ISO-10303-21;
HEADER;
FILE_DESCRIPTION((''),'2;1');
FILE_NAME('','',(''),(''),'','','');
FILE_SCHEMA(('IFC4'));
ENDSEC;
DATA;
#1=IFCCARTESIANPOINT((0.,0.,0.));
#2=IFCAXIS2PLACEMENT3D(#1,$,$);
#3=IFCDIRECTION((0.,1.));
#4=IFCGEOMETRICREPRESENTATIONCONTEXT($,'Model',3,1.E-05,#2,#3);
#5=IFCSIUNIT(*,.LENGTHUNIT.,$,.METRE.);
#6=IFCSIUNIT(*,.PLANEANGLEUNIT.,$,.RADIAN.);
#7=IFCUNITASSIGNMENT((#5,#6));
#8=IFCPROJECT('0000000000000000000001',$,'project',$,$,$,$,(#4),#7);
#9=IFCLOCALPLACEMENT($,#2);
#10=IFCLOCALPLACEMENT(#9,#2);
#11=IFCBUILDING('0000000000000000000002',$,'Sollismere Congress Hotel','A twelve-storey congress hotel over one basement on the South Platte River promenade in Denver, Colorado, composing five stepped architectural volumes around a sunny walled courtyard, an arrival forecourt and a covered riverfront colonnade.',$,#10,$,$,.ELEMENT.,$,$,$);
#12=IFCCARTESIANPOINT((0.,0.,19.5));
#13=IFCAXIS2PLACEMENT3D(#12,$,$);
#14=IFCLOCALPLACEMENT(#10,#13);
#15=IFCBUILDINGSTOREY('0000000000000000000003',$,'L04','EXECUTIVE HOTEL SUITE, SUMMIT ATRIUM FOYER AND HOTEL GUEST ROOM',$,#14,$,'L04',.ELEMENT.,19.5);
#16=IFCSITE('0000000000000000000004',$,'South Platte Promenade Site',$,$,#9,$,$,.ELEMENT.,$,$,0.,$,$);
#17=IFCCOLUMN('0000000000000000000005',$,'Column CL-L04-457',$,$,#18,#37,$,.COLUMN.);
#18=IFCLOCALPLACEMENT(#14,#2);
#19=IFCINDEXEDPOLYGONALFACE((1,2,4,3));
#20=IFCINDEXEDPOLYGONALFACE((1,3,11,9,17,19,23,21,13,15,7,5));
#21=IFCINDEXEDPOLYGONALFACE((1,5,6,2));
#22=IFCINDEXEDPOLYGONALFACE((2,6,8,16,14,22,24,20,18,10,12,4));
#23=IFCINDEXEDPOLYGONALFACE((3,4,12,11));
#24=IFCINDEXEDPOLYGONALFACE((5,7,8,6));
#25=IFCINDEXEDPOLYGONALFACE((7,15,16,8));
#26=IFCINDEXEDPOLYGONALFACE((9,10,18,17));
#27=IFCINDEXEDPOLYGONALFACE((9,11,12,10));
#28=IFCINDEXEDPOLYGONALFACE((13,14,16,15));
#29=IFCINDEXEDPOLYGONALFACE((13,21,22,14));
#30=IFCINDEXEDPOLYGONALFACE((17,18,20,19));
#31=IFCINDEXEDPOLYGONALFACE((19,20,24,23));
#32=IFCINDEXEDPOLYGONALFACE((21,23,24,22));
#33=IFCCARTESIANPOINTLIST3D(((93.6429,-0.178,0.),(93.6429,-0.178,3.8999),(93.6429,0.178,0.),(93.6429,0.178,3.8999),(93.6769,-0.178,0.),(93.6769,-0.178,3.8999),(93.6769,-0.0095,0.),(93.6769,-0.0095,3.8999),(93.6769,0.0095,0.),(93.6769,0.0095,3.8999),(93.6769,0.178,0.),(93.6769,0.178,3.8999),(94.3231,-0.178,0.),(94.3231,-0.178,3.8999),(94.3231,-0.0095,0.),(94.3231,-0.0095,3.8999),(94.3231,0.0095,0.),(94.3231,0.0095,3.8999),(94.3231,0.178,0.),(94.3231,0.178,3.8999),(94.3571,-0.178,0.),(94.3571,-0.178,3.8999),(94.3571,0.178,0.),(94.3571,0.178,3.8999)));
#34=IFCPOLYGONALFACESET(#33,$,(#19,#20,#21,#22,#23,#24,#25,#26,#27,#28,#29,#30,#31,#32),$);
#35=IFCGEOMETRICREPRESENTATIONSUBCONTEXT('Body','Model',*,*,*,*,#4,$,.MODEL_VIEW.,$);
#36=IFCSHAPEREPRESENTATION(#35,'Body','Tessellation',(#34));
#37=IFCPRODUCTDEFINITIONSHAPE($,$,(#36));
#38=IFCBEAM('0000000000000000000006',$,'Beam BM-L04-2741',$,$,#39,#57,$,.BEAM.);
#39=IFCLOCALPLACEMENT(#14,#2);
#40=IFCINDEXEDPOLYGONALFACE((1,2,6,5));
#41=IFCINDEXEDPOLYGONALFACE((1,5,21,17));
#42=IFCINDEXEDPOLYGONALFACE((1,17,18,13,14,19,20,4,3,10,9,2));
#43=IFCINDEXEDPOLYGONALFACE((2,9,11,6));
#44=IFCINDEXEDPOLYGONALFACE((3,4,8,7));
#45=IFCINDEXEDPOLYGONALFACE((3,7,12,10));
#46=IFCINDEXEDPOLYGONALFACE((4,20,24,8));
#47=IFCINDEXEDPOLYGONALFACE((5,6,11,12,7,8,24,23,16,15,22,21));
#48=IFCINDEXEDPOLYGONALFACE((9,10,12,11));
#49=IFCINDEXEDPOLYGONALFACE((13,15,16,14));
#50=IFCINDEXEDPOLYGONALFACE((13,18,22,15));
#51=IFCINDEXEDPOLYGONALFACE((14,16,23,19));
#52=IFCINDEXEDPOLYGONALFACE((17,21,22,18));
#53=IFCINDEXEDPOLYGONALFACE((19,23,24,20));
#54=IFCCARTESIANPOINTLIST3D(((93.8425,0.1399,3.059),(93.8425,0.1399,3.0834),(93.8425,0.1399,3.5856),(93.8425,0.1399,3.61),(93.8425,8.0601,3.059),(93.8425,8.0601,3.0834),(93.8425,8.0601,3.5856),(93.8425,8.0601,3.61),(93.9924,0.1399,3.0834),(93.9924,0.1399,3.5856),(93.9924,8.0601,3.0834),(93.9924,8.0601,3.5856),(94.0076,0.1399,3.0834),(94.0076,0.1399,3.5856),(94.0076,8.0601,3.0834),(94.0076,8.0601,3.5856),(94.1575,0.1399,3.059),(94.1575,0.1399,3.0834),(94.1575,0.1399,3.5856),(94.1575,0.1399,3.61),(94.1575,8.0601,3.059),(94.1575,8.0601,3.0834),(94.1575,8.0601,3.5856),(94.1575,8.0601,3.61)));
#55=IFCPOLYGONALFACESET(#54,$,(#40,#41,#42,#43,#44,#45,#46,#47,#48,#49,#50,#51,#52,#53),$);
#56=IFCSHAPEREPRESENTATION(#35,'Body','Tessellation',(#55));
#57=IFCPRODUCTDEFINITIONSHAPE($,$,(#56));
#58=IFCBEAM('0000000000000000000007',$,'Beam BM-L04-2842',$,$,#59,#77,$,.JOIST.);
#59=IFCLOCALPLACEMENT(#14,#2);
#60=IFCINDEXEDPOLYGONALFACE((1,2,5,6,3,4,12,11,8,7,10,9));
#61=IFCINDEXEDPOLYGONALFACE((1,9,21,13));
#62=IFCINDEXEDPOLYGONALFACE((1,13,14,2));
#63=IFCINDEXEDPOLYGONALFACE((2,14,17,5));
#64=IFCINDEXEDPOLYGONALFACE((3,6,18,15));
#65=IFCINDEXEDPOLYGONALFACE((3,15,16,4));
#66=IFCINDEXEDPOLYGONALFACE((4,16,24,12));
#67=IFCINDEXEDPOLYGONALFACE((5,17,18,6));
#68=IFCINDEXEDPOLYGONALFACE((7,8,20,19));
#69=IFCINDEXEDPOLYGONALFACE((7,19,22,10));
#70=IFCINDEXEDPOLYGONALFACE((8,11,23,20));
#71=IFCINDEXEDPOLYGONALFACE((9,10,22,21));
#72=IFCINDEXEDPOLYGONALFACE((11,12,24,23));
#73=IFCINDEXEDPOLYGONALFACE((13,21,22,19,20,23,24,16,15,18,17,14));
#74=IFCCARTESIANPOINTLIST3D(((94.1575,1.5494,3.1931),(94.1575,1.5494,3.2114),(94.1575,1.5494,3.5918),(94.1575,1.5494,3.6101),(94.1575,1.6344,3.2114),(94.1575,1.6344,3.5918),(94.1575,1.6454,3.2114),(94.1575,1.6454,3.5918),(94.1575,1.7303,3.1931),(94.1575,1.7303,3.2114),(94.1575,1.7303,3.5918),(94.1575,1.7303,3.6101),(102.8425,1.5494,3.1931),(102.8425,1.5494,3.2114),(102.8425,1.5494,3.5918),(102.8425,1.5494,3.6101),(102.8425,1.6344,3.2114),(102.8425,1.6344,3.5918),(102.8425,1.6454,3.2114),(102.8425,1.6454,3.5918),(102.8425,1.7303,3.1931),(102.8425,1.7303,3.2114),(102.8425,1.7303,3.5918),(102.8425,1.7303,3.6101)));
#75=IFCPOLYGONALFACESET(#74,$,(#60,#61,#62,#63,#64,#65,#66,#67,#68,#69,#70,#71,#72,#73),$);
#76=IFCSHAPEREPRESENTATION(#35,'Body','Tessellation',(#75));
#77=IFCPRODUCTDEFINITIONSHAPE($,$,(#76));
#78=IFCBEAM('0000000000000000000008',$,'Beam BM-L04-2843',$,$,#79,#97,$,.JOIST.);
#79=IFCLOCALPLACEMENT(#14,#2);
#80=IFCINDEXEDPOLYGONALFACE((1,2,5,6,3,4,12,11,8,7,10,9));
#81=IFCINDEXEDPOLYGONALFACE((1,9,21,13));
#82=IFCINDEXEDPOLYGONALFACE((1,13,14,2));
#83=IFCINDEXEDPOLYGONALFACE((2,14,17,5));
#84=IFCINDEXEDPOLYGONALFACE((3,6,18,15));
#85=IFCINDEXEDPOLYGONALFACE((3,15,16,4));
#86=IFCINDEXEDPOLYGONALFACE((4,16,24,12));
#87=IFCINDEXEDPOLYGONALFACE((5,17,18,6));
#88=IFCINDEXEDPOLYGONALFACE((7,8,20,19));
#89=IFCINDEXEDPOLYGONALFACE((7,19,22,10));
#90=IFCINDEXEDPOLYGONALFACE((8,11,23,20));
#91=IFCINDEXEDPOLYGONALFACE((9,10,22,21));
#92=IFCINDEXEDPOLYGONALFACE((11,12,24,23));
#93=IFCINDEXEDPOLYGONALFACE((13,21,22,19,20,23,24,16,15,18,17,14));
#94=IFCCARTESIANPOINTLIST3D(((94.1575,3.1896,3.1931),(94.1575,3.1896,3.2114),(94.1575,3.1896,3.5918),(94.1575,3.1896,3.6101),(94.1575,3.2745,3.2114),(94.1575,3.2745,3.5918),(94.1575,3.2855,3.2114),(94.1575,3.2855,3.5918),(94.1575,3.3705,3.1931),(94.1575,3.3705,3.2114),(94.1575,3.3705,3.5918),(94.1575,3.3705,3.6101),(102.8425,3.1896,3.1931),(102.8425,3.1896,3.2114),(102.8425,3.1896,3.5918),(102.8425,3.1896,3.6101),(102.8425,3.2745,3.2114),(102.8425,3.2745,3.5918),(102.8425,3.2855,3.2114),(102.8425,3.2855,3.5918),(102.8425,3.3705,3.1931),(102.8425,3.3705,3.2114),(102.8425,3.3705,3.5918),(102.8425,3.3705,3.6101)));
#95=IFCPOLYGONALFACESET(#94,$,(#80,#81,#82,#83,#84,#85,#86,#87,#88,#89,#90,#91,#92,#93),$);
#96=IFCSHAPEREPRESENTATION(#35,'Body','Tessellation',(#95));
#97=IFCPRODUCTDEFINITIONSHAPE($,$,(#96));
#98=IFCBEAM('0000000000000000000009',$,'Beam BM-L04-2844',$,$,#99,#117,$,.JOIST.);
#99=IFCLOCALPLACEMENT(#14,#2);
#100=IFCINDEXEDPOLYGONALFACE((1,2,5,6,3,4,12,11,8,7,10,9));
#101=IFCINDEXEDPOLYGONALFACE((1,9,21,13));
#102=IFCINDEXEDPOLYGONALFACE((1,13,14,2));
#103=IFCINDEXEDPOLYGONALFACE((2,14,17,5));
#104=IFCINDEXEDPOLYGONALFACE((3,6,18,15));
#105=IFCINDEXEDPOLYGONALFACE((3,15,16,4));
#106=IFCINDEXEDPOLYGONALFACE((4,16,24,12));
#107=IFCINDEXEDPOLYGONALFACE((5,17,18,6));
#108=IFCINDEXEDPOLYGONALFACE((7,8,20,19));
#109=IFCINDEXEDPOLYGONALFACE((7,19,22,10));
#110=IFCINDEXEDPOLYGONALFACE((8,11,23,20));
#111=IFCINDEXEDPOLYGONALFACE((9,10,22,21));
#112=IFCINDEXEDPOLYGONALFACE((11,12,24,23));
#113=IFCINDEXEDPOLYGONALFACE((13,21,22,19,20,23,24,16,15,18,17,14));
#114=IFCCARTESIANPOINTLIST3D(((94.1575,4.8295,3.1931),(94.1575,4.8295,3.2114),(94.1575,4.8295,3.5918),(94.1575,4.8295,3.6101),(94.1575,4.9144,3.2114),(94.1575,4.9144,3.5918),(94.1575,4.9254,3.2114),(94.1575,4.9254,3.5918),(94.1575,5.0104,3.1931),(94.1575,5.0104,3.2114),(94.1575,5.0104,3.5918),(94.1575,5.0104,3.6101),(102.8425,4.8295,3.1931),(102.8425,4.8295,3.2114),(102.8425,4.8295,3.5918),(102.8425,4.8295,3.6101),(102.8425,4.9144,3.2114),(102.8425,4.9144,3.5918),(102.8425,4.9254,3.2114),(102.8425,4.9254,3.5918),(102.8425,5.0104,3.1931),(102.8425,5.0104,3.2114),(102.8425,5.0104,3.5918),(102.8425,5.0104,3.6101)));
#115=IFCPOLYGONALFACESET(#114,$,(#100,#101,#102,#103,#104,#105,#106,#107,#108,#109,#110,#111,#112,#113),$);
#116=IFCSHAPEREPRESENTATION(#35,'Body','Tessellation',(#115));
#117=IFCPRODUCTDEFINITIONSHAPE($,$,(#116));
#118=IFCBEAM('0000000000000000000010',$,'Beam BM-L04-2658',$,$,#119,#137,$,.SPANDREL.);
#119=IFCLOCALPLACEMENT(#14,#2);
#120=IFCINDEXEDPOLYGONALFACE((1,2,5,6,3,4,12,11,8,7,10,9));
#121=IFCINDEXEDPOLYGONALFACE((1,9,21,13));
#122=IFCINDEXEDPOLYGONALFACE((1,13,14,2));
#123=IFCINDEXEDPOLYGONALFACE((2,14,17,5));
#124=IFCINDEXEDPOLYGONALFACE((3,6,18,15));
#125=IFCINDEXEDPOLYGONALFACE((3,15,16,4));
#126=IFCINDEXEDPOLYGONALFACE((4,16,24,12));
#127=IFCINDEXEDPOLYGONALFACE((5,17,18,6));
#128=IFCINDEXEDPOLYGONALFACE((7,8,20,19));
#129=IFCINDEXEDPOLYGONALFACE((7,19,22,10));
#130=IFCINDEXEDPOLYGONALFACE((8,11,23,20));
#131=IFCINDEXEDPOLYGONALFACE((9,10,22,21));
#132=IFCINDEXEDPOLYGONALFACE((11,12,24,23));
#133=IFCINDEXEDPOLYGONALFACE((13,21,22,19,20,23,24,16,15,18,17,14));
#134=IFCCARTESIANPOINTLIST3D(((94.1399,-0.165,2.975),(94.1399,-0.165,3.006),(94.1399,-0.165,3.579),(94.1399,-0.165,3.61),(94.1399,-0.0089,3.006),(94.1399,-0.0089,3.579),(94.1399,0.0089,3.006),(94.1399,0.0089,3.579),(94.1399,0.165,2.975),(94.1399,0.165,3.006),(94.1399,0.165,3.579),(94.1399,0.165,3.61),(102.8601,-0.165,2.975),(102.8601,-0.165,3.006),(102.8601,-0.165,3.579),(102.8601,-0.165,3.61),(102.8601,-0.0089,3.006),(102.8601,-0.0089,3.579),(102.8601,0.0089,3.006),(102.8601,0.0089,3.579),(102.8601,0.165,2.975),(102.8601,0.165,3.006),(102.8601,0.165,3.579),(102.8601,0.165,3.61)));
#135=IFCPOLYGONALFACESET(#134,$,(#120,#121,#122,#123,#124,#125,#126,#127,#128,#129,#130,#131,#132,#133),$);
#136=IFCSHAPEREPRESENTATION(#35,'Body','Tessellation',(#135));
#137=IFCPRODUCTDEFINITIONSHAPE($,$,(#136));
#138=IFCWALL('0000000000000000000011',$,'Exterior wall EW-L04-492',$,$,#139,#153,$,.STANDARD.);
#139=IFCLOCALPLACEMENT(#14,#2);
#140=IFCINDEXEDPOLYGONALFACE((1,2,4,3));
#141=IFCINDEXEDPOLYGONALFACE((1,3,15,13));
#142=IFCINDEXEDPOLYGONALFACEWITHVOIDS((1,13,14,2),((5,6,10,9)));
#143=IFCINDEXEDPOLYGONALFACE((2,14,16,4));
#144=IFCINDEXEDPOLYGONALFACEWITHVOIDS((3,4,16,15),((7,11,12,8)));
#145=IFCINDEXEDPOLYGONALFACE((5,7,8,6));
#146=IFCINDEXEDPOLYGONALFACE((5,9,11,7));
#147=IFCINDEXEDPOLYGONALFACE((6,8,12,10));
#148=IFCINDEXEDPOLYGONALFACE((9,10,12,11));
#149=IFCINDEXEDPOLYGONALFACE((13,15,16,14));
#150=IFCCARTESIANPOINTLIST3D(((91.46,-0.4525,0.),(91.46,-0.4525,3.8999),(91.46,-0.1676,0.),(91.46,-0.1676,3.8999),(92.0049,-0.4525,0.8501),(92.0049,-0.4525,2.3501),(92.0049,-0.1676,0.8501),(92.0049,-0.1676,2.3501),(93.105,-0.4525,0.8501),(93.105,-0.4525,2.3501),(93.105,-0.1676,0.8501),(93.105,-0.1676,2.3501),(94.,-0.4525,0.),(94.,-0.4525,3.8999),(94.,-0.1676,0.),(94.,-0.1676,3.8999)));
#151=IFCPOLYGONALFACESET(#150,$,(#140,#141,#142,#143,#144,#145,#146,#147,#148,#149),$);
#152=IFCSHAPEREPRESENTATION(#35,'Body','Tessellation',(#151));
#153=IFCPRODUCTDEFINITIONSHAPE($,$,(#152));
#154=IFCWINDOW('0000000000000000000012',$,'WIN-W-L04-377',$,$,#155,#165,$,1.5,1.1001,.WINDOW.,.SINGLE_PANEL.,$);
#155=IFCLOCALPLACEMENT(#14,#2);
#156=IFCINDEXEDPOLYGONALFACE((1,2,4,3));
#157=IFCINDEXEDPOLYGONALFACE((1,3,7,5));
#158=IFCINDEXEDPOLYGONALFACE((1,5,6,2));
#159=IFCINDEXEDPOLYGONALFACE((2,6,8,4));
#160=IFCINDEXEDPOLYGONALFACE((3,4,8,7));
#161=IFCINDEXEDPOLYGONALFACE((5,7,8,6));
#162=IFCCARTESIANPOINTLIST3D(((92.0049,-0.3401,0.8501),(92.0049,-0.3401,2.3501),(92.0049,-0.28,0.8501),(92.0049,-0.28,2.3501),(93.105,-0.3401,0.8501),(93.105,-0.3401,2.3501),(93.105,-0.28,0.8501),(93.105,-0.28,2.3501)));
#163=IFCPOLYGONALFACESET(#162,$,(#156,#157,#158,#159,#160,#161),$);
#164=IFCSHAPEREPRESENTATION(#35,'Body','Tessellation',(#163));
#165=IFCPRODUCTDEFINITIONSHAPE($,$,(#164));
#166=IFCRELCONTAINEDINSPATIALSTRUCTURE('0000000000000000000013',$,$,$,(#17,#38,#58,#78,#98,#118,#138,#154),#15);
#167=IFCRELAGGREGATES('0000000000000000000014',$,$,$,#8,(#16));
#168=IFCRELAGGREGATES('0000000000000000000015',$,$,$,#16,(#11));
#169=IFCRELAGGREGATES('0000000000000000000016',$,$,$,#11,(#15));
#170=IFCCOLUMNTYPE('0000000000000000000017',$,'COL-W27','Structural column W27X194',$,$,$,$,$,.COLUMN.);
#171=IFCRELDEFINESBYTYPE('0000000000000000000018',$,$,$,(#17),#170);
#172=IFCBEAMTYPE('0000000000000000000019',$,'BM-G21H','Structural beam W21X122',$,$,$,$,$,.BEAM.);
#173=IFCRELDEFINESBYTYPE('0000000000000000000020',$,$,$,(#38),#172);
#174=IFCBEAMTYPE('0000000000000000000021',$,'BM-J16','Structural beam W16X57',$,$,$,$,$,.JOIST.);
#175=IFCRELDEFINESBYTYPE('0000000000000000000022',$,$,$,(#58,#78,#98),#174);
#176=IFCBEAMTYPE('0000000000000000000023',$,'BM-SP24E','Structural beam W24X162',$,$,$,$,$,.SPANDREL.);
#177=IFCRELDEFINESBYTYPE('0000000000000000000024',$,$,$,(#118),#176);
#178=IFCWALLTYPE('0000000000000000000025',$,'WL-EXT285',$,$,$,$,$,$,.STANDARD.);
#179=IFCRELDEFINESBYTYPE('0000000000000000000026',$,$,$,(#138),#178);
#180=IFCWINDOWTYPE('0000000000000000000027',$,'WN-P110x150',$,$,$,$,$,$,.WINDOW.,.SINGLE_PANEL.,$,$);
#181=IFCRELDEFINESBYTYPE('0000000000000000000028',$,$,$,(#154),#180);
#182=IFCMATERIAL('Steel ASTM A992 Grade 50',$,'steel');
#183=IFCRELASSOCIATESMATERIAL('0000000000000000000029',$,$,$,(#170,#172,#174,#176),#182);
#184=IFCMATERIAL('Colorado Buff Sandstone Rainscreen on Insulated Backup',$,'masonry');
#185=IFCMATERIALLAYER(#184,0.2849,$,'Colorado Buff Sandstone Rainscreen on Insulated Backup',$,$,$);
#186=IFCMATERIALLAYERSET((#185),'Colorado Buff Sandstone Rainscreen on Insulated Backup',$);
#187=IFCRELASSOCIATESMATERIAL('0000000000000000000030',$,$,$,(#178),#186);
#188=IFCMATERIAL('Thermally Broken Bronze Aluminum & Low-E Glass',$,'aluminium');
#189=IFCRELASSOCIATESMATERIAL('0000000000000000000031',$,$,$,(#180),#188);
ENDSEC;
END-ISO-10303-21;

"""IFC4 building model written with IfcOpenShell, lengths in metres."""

from ifc_helpers import new_model, si_unit, direction, frame, frame_2d, origin, origin_2d, place, context, subcontext, project, spatial, rectangle, i_section, extrude, material, layer, layer_set, material_profile, profile_set, type_object, element, fill, save


model = new_model("IFC4")

# Units and contexts
model_context = context("Model", 3, precision=1e-05, world=origin(), true_north=direction((0.0, 1.0)))
body_context = subcontext(model_context, "Body", "Model", "MODEL_VIEW")
ifc_project = project(units=[si_unit("LENGTHUNIT", "METRE"), si_unit("PLANEANGLEUNIT", "RADIAN")], contexts=[model_context])

# Site, building, storey
site_placement = place(None, origin())
site = spatial("IfcSite", under=ifc_project, at=site_placement, Name="South Platte Promenade Site", CompositionType="ELEMENT", RefElevation=0.0)
building_placement = place(site_placement, origin())
building = spatial("IfcBuilding", under=site, at=building_placement, Name="Sollismere Congress Hotel", Description="A twelve-storey congress hotel over one basement on the South Platte River promenade in Denver, Colorado, composing five stepped architectural volumes around a sunny walled courtyard, an arrival forecourt and a covered riverfront colonnade.", CompositionType="ELEMENT")
storey_placement = place(building_placement, frame((0.0, 0.0, 19.5)))
storey = spatial("IfcBuildingStorey", under=building, at=storey_placement, Name="L04", Description="EXECUTIVE HOTEL SUITE, SUMMIT ATRIUM FOYER AND HOTEL GUEST ROOM", LongName="L04", CompositionType="ELEMENT", Elevation=19.5)

# Column
ifc_material_1 = material(Name="Steel ASTM A992 Grade 50", Category="steel")
ifc_material_profile_1 = material_profile(ifc_material_1, i_section(OverallWidth=0.356, OverallDepth=0.7141, WebThickness=0.019, FlangeThickness=0.0339, at=origin_2d()), Name="W27X194")
ifc_profile_set_1 = profile_set([ifc_material_profile_1], Name="Steel ASTM A992 Grade 50")
column_type = type_object("IfcColumnType", Name="COL-W27", Description="Structural column W27X194", PredefinedType="COLUMN", material=ifc_profile_set_1)
column_placement = place(storey_placement, frame((94.0, 0.0, 0.0), z_axis=(0.0, 0.0, 1.0), x_axis=(0.0, 1.0, 0.0)))
element("IfcColumn", 1, at=column_placement, inside=storey, type_object=column_type, Name="Column CL-L04-457", PredefinedType="COLUMN", context=body_context, shape_type="SweptSolid", body=[
    extrude(i_section(OverallWidth=0.356, OverallDepth=0.7141, WebThickness=0.019, FlangeThickness=0.0339, at=origin_2d()), origin(), (0.0, 0.0, 1.0), 3.8999),
])

# Beams
ifc_material_profile_2 = material_profile(ifc_material_1, i_section(OverallWidth=0.3149, OverallDepth=0.551, WebThickness=0.0151, FlangeThickness=0.0244, at=origin_2d()), Name="W21X122")
ifc_profile_set_2 = profile_set([ifc_material_profile_2], Name="Steel ASTM A992 Grade 50")
beam_type_1 = type_object("IfcBeamType", Name="BM-G21H", Description="Structural beam W21X122", PredefinedType="BEAM", material=ifc_profile_set_2)
beam_1_placement = place(storey_placement, frame((94.0, 0.1399, 3.3345), z_axis=(0.0, 1.0, 0.0), x_axis=(-1.0, 0.0, 0.0)))
element("IfcBeam", 2, at=beam_1_placement, inside=storey, type_object=beam_type_1, Name="Beam BM-L04-2741", PredefinedType="BEAM", context=body_context, shape_type="SweptSolid", body=[
    extrude(i_section(OverallWidth=0.3149, OverallDepth=0.551, WebThickness=0.0151, FlangeThickness=0.0244, at=origin_2d()), origin(), (0.0, 0.0, 1.0), 7.9202),
])
ifc_material_profile_3 = material_profile(ifc_material_1, i_section(OverallWidth=0.1809, OverallDepth=0.417, WebThickness=0.011, FlangeThickness=0.0183, at=origin_2d()), Name="W16X57")
ifc_profile_set_3 = profile_set([ifc_material_profile_3], Name="Steel ASTM A992 Grade 50")
beam_type_2 = type_object("IfcBeamType", Name="BM-J16", Description="Structural beam W16X57", PredefinedType="JOIST", material=ifc_profile_set_3)
for number, where, z_axis, x_axis, name in (
    (3, (94.1575, 1.6399, 3.4016), (1.0, 0.0, 0.0), (0.0, 1.0, 0.0), "Beam BM-L04-2842"),
    (4, (94.1575, 3.28, 3.4016), (1.0, 0.0, 0.0), (0.0, 1.0, 0.0), "Beam BM-L04-2843"),
    (5, (94.1575, 4.9199, 3.4016), (1.0, 0.0, 0.0), (0.0, 1.0, 0.0), "Beam BM-L04-2844"),
):
    element("IfcBeam", number, at=place(storey_placement, frame(where, z_axis=z_axis, x_axis=x_axis)), inside=storey, type_object=beam_type_2, Name=name, PredefinedType="JOIST", context=body_context, shape_type="SweptSolid", body=[
        extrude(i_section(OverallWidth=0.1809, OverallDepth=0.417, WebThickness=0.011, FlangeThickness=0.0183, at=origin_2d()), origin(), (0.0, 0.0, 1.0), 8.6851),
    ])
ifc_material_profile_4 = material_profile(ifc_material_1, i_section(OverallWidth=0.3301, OverallDepth=0.635, WebThickness=0.0178, FlangeThickness=0.031, at=origin_2d()), Name="W24X162")
ifc_profile_set_4 = profile_set([ifc_material_profile_4], Name="Steel ASTM A992 Grade 50")
beam_type_3 = type_object("IfcBeamType", Name="BM-SP24E", Description="Structural beam W24X162", PredefinedType="SPANDREL", material=ifc_profile_set_4)
beam_2_placement = place(storey_placement, frame((94.1399, 0.0, 3.2925), z_axis=(1.0, 0.0, 0.0), x_axis=(0.0, 1.0, 0.0)))
element("IfcBeam", 6, at=beam_2_placement, inside=storey, type_object=beam_type_3, Name="Beam BM-L04-2658", PredefinedType="SPANDREL", context=body_context, shape_type="SweptSolid", body=[
    extrude(i_section(OverallWidth=0.3301, OverallDepth=0.635, WebThickness=0.0178, FlangeThickness=0.031, at=origin_2d()), origin(), (0.0, 0.0, 1.0), 8.7202),
])

# Wall, opening, window
ifc_material_2 = material(Name="Colorado Buff Sandstone Rainscreen on Insulated Backup", Category="masonry")
ifc_layer_1 = layer(ifc_material_2, 0.2849, Name="Colorado Buff Sandstone Rainscreen on Insulated Backup")
ifc_layer_set_1 = layer_set([ifc_layer_1], Name="Colorado Buff Sandstone Rainscreen on Insulated Backup")
wall_type_1 = type_object("IfcWallType", Name="WL-EXT285", PredefinedType="STANDARD", material=ifc_layer_set_1)
wall_1_placement = place(storey_placement, frame((91.46, -0.3101, 0.0), z_axis=(0.0, 0.0, 1.0), x_axis=(1.0, 0.0, 0.0)))
wall_1 = element("IfcWall", 7, at=wall_1_placement, inside=storey, type_object=wall_type_1, Name="Exterior wall EW-L04-492", PredefinedType="STANDARD", context=body_context, shape_type="SweptSolid", body=[
    extrude(rectangle(XDim=2.54, YDim=0.2849, at=frame_2d((1.27, 0.0))), origin(), (0.0, 0.0, 1.0), 3.8999),
])
opening_1_placement = place(wall_1_placement, frame((0.5449, 0.0, 0.8501)))
opening_1 = element("IfcOpeningElement", 8, at=opening_1_placement, cuts=wall_1, PredefinedType="OPENING", context=body_context, shape_type="SweptSolid", body=[
    extrude(rectangle(XDim=1.1001, YDim=1.5, at=frame_2d((0.55, 0.75))), frame((0.0, 0.1523, 0.0), z_axis=(0.0, -1.0, 0.0), x_axis=(1.0, 0.0, 0.0)), (0.0, 0.0, 1.0), 0.3049),
])
ifc_material_3 = material(Name="Thermally Broken Bronze Aluminum & Low-E Glass", Category="aluminium")
window_type_1 = type_object("IfcWindowType", Name="WN-P110x150", PartitioningType="SINGLE_PANEL", PredefinedType="WINDOW", material=ifc_material_3)
window_1_placement = place(opening_1_placement, origin())
window_1 = element("IfcWindow", 9, at=window_1_placement, inside=storey, type_object=window_type_1, Name="WIN-W-L04-377", OverallHeight=1.5, OverallWidth=1.1001, PartitioningType="SINGLE_PANEL", PredefinedType="WINDOW", context=body_context, shape_type="SweptSolid", body=[
    extrude(rectangle(XDim=1.1001, YDim=1.5, at=frame_2d((0.55, 0.75))), frame((0.0, 0.03, 0.0), z_axis=(0.0, -1.0, 0.0), x_axis=(1.0, 0.0, 0.0)), (0.0, 0.0, 1.0), 0.0601),
])
fill(opening_1, window_1)

save(model, "model.ifc")
